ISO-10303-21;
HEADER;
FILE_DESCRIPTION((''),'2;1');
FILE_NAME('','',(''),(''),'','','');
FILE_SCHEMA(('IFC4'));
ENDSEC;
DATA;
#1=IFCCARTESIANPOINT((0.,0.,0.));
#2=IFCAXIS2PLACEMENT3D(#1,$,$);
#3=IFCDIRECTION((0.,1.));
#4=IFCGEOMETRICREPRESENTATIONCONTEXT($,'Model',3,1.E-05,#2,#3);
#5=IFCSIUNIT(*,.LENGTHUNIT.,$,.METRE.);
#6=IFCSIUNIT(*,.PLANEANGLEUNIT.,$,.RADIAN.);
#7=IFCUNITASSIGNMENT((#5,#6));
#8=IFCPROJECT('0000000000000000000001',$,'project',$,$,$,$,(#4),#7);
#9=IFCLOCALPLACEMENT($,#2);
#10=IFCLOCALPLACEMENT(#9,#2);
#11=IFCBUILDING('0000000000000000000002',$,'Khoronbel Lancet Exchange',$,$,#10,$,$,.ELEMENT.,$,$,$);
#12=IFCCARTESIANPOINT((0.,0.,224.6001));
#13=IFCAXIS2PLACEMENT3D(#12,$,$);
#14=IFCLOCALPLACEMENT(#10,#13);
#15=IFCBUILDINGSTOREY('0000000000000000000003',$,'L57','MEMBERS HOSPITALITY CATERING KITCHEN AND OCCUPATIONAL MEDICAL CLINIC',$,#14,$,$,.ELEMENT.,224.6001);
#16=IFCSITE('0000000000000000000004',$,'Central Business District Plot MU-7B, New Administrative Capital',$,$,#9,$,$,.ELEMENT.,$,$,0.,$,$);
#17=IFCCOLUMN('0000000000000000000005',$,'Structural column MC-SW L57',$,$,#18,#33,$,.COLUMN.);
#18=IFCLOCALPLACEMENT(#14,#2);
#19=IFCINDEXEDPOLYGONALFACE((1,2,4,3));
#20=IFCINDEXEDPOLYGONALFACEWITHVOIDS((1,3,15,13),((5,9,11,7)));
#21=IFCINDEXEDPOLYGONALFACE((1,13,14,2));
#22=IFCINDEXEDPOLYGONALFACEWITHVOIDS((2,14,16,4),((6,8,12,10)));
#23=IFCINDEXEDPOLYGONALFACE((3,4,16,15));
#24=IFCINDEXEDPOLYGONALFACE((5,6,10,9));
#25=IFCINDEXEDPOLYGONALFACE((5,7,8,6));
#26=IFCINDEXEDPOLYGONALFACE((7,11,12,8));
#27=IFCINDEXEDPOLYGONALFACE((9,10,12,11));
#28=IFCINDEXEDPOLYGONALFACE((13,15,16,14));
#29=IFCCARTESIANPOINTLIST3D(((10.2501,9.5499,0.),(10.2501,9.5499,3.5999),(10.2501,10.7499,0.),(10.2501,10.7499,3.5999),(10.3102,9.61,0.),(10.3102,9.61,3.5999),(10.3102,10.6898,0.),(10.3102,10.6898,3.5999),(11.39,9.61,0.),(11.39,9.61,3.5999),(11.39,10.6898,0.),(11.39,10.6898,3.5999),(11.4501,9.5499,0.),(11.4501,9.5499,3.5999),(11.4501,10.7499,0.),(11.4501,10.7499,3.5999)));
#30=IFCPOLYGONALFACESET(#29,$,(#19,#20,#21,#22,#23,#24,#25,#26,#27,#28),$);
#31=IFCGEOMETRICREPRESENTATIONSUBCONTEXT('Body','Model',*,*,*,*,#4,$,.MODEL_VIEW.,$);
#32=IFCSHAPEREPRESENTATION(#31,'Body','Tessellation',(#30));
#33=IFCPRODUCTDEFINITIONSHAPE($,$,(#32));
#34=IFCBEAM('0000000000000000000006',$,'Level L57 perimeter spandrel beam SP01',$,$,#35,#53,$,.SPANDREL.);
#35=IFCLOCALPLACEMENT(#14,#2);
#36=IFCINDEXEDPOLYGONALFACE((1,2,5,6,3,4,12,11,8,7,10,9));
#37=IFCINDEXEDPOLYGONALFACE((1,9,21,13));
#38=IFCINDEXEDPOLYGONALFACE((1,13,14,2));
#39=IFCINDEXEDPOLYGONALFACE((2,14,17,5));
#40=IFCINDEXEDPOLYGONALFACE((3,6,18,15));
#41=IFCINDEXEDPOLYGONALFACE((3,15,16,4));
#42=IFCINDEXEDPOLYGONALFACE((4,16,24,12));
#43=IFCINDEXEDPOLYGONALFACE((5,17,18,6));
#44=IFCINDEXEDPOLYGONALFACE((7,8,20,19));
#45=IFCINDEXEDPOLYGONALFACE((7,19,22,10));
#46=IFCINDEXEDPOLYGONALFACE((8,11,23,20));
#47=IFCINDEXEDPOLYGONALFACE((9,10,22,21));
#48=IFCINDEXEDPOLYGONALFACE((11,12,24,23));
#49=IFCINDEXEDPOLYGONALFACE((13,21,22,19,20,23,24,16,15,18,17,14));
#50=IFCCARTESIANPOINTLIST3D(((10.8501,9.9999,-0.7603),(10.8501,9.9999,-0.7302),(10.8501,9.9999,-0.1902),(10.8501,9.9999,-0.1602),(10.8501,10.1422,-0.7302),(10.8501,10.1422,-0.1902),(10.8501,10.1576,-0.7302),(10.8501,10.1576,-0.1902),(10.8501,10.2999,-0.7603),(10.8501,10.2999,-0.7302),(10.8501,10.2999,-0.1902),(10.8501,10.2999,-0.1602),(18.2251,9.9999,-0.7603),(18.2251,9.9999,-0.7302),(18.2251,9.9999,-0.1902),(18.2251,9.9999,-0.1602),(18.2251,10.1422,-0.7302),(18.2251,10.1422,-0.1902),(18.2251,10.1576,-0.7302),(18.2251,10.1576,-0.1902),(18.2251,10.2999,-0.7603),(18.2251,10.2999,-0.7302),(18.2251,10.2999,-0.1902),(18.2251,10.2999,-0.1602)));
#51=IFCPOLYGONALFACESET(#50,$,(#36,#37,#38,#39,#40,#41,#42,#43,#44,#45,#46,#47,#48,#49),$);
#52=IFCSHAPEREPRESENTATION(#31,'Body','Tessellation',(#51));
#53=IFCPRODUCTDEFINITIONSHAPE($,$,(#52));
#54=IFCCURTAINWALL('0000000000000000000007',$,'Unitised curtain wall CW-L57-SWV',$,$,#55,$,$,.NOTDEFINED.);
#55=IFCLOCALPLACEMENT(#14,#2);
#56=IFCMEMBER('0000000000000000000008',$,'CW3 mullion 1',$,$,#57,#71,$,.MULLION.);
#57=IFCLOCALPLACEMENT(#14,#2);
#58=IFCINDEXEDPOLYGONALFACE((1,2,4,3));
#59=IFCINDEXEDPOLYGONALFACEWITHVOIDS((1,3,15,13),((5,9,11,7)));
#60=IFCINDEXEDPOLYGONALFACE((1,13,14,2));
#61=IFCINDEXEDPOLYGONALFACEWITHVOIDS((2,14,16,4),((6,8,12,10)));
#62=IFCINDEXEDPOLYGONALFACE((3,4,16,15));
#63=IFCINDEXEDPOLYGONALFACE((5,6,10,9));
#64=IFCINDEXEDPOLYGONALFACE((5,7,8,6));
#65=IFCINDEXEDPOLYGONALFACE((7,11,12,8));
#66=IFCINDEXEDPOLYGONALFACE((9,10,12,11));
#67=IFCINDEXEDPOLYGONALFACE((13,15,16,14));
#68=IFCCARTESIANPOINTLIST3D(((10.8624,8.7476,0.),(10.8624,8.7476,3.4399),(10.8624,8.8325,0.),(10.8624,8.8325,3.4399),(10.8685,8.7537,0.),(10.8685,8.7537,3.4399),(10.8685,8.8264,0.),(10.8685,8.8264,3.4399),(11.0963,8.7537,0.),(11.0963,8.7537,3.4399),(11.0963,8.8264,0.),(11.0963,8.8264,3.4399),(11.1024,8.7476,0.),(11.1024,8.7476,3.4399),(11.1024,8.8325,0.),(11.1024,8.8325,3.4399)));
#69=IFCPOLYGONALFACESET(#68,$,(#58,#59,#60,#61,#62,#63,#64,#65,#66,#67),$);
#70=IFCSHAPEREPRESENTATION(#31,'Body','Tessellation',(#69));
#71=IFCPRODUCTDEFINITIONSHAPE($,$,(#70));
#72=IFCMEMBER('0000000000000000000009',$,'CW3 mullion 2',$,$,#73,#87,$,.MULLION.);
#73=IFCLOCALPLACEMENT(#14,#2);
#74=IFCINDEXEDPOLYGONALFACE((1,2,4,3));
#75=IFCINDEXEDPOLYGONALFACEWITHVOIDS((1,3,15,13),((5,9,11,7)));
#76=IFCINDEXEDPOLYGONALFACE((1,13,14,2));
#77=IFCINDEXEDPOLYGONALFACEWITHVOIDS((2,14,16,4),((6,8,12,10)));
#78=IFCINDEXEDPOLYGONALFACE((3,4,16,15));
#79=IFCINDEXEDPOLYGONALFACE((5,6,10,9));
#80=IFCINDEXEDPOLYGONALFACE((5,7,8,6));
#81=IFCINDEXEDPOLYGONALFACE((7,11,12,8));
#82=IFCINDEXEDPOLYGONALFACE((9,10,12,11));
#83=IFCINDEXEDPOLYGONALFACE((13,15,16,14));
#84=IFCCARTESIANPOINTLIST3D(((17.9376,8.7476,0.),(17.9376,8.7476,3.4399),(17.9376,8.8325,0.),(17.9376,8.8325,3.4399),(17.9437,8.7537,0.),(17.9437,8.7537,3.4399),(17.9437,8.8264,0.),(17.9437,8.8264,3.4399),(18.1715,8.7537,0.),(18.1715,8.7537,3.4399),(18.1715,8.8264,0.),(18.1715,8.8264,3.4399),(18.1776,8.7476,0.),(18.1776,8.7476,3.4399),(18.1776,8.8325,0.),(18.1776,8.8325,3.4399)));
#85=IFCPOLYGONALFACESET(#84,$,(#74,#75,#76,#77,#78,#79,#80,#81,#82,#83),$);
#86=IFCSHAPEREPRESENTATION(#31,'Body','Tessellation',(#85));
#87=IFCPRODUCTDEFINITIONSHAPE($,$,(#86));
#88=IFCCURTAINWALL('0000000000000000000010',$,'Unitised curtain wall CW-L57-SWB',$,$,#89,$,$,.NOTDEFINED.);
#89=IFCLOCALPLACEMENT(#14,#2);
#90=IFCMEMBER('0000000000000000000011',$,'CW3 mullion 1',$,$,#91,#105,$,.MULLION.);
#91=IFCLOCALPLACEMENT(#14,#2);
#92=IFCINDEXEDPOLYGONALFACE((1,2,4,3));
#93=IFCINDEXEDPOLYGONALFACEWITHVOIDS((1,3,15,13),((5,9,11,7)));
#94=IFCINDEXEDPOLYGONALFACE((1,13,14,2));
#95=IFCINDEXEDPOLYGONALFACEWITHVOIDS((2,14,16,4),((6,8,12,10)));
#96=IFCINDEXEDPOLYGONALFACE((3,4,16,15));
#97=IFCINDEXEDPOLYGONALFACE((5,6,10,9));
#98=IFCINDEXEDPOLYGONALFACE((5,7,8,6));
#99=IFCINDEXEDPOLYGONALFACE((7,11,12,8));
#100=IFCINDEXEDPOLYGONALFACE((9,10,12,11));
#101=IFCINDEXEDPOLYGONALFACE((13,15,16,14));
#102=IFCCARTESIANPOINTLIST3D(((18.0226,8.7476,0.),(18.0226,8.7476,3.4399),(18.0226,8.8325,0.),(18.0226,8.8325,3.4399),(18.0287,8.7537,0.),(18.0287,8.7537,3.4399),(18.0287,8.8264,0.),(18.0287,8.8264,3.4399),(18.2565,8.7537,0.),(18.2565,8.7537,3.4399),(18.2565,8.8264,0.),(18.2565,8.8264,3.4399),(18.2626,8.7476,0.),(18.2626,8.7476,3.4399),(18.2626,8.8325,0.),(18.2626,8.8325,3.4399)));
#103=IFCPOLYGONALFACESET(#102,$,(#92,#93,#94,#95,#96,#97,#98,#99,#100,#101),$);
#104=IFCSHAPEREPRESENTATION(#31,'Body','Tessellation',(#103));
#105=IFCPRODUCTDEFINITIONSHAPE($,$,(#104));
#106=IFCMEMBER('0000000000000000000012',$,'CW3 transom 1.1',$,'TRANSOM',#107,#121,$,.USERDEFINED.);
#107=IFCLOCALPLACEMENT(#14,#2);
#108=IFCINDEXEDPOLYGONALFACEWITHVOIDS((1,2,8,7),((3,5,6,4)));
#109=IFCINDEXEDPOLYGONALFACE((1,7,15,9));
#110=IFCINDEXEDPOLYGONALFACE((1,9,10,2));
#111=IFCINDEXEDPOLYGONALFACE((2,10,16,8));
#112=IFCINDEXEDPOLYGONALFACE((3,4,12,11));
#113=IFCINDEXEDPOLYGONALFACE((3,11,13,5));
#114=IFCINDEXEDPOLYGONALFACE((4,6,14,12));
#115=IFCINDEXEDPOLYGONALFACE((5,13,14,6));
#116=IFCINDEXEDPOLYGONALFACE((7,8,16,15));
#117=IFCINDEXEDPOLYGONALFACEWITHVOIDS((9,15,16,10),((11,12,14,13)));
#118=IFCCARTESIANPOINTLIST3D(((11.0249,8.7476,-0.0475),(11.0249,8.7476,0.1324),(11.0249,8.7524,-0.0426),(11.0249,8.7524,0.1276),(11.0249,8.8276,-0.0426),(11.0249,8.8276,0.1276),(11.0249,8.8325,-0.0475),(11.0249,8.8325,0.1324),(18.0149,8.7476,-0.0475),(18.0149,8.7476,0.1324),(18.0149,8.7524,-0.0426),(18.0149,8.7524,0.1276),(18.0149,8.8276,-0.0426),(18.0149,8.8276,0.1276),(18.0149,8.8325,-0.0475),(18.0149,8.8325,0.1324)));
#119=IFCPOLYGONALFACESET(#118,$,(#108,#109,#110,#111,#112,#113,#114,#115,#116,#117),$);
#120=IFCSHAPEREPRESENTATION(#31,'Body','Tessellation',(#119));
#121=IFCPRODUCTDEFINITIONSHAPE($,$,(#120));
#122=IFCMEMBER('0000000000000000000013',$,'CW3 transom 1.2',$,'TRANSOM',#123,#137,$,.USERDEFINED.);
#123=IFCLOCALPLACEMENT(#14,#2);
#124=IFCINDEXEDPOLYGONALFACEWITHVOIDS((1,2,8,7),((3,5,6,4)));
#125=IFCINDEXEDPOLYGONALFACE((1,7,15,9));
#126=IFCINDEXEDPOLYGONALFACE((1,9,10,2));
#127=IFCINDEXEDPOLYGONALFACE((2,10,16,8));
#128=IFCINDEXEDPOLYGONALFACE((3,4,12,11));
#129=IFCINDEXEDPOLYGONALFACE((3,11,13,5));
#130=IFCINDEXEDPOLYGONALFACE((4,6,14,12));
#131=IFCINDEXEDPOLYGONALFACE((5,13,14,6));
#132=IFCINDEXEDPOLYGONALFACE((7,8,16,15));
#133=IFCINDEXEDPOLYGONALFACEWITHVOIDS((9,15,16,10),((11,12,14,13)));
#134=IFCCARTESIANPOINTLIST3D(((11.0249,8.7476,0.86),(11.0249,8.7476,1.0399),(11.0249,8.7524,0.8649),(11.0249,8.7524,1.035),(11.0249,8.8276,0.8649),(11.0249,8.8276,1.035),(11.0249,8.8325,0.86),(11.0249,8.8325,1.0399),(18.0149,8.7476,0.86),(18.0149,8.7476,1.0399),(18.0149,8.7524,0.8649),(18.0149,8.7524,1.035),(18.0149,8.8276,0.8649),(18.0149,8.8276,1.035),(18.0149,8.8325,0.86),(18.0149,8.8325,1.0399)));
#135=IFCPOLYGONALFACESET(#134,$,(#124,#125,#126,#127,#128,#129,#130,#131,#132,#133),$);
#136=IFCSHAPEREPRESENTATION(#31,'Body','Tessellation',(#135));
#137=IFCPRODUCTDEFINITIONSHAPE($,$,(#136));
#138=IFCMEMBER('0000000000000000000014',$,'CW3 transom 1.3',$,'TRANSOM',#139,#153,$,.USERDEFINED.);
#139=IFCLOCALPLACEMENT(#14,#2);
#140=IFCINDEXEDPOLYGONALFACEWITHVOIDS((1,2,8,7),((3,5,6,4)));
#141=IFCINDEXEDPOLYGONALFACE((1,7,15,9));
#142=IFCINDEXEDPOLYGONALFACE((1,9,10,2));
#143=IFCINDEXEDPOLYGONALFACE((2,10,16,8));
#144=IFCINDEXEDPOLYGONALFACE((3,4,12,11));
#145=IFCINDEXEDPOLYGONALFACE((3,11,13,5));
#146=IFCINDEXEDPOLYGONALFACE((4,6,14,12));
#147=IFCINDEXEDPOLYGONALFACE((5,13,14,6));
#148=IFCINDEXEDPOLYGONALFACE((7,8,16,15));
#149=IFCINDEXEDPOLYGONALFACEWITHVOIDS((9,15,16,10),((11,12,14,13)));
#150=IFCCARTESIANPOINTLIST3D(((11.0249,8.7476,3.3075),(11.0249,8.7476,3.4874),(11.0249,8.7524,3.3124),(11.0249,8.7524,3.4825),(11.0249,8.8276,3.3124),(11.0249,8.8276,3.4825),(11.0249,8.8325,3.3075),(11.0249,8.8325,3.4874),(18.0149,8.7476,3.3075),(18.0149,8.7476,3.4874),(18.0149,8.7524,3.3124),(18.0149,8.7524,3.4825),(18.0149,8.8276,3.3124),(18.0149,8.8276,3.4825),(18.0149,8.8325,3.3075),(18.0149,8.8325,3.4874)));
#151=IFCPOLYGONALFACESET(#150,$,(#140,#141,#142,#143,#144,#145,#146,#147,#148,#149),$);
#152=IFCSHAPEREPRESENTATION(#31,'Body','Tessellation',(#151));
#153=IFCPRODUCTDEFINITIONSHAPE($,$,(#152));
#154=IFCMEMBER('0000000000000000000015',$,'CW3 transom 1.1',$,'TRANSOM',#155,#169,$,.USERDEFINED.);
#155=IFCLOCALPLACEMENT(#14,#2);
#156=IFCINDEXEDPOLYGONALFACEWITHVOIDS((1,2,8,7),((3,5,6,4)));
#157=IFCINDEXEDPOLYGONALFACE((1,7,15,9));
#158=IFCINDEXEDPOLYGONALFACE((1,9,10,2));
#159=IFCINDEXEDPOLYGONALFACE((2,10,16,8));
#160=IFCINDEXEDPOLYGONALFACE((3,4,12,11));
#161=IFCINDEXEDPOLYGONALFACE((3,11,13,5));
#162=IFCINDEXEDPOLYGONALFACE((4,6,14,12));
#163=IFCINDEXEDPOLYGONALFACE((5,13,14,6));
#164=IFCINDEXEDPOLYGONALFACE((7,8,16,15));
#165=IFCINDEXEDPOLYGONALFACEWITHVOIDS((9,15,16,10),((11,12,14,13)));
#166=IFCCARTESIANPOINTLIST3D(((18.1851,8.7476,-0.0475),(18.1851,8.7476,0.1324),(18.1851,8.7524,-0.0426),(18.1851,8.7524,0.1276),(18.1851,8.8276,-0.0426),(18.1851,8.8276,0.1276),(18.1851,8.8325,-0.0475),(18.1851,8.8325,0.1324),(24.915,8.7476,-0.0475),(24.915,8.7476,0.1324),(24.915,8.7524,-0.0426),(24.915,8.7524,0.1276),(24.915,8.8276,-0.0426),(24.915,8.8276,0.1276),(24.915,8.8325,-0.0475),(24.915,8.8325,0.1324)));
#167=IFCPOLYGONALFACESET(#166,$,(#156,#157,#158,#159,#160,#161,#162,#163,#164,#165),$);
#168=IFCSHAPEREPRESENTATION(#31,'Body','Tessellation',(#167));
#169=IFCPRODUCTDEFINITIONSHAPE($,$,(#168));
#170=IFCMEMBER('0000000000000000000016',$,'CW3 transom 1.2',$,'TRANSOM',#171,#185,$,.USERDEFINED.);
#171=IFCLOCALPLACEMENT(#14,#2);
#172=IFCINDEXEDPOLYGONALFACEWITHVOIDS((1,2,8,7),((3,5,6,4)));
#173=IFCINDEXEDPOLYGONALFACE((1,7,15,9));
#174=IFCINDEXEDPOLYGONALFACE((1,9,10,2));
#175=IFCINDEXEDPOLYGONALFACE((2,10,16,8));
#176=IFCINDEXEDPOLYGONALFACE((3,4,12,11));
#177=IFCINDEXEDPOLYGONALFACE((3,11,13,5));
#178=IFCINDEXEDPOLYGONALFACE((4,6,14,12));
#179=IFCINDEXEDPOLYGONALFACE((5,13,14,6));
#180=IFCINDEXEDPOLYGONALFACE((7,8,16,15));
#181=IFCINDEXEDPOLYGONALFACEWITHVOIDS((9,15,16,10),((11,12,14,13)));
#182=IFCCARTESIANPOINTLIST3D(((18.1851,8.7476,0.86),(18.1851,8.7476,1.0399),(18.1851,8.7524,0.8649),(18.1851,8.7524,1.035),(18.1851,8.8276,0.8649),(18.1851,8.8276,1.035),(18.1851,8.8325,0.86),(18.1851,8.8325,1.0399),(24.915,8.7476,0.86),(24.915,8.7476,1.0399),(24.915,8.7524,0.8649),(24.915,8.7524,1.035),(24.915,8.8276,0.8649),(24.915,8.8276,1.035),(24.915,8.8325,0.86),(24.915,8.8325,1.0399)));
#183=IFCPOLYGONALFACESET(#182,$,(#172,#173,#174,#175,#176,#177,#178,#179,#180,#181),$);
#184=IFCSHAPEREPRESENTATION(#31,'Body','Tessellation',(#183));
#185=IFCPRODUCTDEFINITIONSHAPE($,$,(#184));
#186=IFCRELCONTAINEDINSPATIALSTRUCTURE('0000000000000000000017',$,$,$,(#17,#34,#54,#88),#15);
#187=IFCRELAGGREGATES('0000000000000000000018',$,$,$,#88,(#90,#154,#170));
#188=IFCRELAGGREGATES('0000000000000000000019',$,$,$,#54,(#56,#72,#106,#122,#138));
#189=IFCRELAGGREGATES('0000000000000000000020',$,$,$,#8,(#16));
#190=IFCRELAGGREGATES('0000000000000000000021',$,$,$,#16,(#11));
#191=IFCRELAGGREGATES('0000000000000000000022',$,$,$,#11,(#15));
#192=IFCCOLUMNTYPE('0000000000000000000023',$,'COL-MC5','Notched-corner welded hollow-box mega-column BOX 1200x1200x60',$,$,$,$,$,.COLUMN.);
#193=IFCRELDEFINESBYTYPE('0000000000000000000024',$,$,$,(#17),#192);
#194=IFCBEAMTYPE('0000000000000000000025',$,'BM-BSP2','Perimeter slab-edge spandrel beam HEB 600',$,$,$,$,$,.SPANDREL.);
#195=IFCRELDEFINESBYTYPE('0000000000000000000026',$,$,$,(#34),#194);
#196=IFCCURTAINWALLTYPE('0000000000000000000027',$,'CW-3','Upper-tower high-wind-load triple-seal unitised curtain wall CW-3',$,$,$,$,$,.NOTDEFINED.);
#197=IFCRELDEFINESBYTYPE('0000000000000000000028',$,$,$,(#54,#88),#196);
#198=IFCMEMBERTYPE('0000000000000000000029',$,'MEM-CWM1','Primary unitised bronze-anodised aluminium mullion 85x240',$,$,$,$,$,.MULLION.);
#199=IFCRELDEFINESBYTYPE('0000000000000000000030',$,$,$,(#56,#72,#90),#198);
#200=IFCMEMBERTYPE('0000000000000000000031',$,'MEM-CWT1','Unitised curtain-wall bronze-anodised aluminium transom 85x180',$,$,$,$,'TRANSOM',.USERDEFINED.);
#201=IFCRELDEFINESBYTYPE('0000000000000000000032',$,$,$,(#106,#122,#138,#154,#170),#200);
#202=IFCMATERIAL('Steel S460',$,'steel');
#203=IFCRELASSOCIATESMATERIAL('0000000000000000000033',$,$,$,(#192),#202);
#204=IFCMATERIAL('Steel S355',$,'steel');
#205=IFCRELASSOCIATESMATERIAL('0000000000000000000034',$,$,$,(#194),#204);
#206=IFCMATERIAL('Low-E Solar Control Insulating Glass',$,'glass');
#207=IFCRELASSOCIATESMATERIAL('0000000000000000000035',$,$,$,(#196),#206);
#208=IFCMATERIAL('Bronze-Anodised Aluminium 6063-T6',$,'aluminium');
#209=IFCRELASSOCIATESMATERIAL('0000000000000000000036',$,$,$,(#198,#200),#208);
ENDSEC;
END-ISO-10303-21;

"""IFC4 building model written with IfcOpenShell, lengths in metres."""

from ifc_helpers import new_model, si_unit, direction, frame, origin, origin_2d, place, context, subcontext, project, spatial, hollow_rectangle, i_section, extrude, material, material_profile, profile_set, type_object, element, aggregate, save


model = new_model("IFC4")

# Units and contexts
model_context = context("Model", 3, precision=1e-05, world=origin(), true_north=direction((0.0, 1.0)))
body_context = subcontext(model_context, "Body", "Model", "MODEL_VIEW")
ifc_project = project(units=[si_unit("LENGTHUNIT", "METRE"), si_unit("PLANEANGLEUNIT", "RADIAN")], contexts=[model_context])

# Site, building, storey
site_placement = place(None, origin())
site = spatial("IfcSite", under=ifc_project, at=site_placement, Name="Central Business District Plot MU-7B, New Administrative Capital", CompositionType="ELEMENT", RefElevation=0.0)
building_placement = place(site_placement, origin())
building = spatial("IfcBuilding", under=site, at=building_placement, Name="Khoronbel Lancet Exchange", CompositionType="ELEMENT")
storey_placement = place(building_placement, frame((0.0, 0.0, 224.6001)))
storey = spatial("IfcBuildingStorey", under=building, at=storey_placement, Name="L57", Description="MEMBERS HOSPITALITY CATERING KITCHEN AND OCCUPATIONAL MEDICAL CLINIC", CompositionType="ELEMENT", Elevation=224.6001)

# Column
ifc_material_1 = material(Name="Steel S460", Category="steel")
ifc_material_profile_1 = material_profile(ifc_material_1, hollow_rectangle(XDim=1.2, YDim=1.2, WallThickness=0.0601, at=origin_2d()), Name="BOX 1200x1200x60")
ifc_profile_set_1 = profile_set([ifc_material_profile_1], Name="Steel S460")
column_type = type_object("IfcColumnType", Name="COL-MC5", Description="Notched-corner welded hollow-box mega-column BOX 1200x1200x60", PredefinedType="COLUMN", material=ifc_profile_set_1)
column_placement = place(storey_placement, frame((10.8501, 10.1499, 0.0), z_axis=(0.0, 0.0, 1.0), x_axis=(1.0, 0.0, 0.0)))
element("IfcColumn", 1, at=column_placement, inside=storey, type_object=column_type, Name="Structural column MC-SW L57", PredefinedType="COLUMN", context=body_context, shape_type="SweptSolid", body=[
    extrude(hollow_rectangle(XDim=1.2, YDim=1.2, WallThickness=0.0601, at=origin_2d()), origin(), (0.0, 0.0, 1.0), 3.5999),
])

# Beam
ifc_material_2 = material(Name="Steel S355", Category="steel")
ifc_material_profile_2 = material_profile(ifc_material_2, i_section(OverallWidth=0.3, OverallDepth=0.6001, WebThickness=0.0154, FlangeThickness=0.03, at=origin_2d()), Name="HEB 600")
ifc_profile_set_2 = profile_set([ifc_material_profile_2], Name="Steel S355")
beam_type = type_object("IfcBeamType", Name="BM-BSP2", Description="Perimeter slab-edge spandrel beam HEB 600", PredefinedType="SPANDREL", material=ifc_profile_set_2)
beam_placement = place(storey_placement, frame((10.8501, 10.1499, -0.4602), z_axis=(1.0, 0.0, 0.0), x_axis=(0.0, 1.0, 0.0)))
element("IfcBeam", 2, at=beam_placement, inside=storey, type_object=beam_type, Name="Level L57 perimeter spandrel beam SP01", PredefinedType="SPANDREL", context=body_context, shape_type="SweptSolid", body=[
    extrude(i_section(OverallWidth=0.3, OverallDepth=0.6001, WebThickness=0.0154, FlangeThickness=0.03, at=origin_2d()), origin(), (0.0, 0.0, 1.0), 7.375),
])

# Curtain wall, members
ifc_material_3 = material(Name="Low-E Solar Control Insulating Glass", Category="glass")
curtain_wall_type = type_object("IfcCurtainWallType", Name="CW-3", Description="Upper-tower high-wind-load triple-seal unitised curtain wall CW-3", PredefinedType="NOTDEFINED", material=ifc_material_3)
curtain_wall_1_placement = place(storey_placement, origin())
curtain_wall_1 = element("IfcCurtainWall", 3, at=curtain_wall_1_placement, inside=storey, type_object=curtain_wall_type, Name="Unitised curtain wall CW-L57-SWV", PredefinedType="NOTDEFINED")
ifc_material_4 = material(Name="Bronze-Anodised Aluminium 6063-T6", Category="aluminium")
ifc_material_profile_3 = material_profile(ifc_material_4, hollow_rectangle(XDim=0.085, YDim=0.24, WallThickness=0.0061, at=origin_2d()), Name="ALU MULLION 85x240")
ifc_profile_set_3 = profile_set([ifc_material_profile_3], Name="Bronze-Anodised Aluminium 6063-T6")
member_type_1 = type_object("IfcMemberType", Name="MEM-CWM1", Description="Primary unitised bronze-anodised aluminium mullion 85x240", PredefinedType="MULLION", material=ifc_profile_set_3)
member_1_placement = place(storey_placement, frame((10.9824, 8.79, 0.0), z_axis=(0.0, 0.0, 1.0), x_axis=(0.0, 1.0, 0.0)))
member_1 = element("IfcMember", 4, at=member_1_placement, type_object=member_type_1, Name="CW3 mullion 1", PredefinedType="MULLION", context=body_context, shape_type="SweptSolid", body=[
    extrude(hollow_rectangle(XDim=0.085, YDim=0.24, WallThickness=0.0061, at=origin_2d()), origin(), (0.0, 0.0, 1.0), 3.4399),
])
member_2_placement = place(storey_placement, frame((18.0576, 8.79, 0.0), z_axis=(0.0, 0.0, 1.0), x_axis=(0.0, 1.0, 0.0)))
member_2 = element("IfcMember", 5, at=member_2_placement, type_object=member_type_1, Name="CW3 mullion 2", PredefinedType="MULLION", context=body_context, shape_type="SweptSolid", body=[
    extrude(hollow_rectangle(XDim=0.085, YDim=0.24, WallThickness=0.0061, at=origin_2d()), origin(), (0.0, 0.0, 1.0), 3.4399),
])

# Curtain wall, member
curtain_wall_2_placement = place(storey_placement, origin())
curtain_wall_2 = element("IfcCurtainWall", 6, at=curtain_wall_2_placement, inside=storey, type_object=curtain_wall_type, Name="Unitised curtain wall CW-L57-SWB", PredefinedType="NOTDEFINED")
member_3_placement = place(storey_placement, frame((18.1426, 8.79, 0.0), z_axis=(0.0, 0.0, 1.0), x_axis=(0.0, 1.0, 0.0)))
member_3 = element("IfcMember", 7, at=member_3_placement, type_object=member_type_1, Name="CW3 mullion 1", PredefinedType="MULLION", context=body_context, shape_type="SweptSolid", body=[
    extrude(hollow_rectangle(XDim=0.085, YDim=0.24, WallThickness=0.0061, at=origin_2d()), origin(), (0.0, 0.0, 1.0), 3.4399),
])

# Members
ifc_material_profile_4 = material_profile(ifc_material_4, hollow_rectangle(XDim=0.085, YDim=0.1799, WallThickness=0.0049, at=origin_2d()), Name="ALU TRANSOM 85x180")
ifc_profile_set_4 = profile_set([ifc_material_profile_4], Name="Bronze-Anodised Aluminium 6063-T6")
member_type_2 = type_object("IfcMemberType", Name="MEM-CWT1", Description="Unitised curtain-wall bronze-anodised aluminium transom 85x180", ElementType="TRANSOM", PredefinedType="USERDEFINED", material=ifc_profile_set_4)
member_4_placement = place(storey_placement, frame((11.0249, 8.79, 0.0425), z_axis=(1.0, 0.0, 0.0), x_axis=(0.0, 1.0, 0.0)))
member_4 = element("IfcMember", 8, at=member_4_placement, type_object=member_type_2, Name="CW3 transom 1.1", ObjectType="TRANSOM", PredefinedType="USERDEFINED", context=body_context, shape_type="SweptSolid", body=[
    extrude(hollow_rectangle(XDim=0.085, YDim=0.1799, WallThickness=0.0049, at=origin_2d()), origin(), (0.0, 0.0, 1.0), 6.99),
])
member_5_placement = place(storey_placement, frame((11.0249, 8.79, 0.95), z_axis=(1.0, 0.0, 0.0), x_axis=(0.0, 1.0, 0.0)))
member_5 = element("IfcMember", 9, at=member_5_placement, type_object=member_type_2, Name="CW3 transom 1.2", ObjectType="TRANSOM", PredefinedType="USERDEFINED", context=body_context, shape_type="SweptSolid", body=[
    extrude(hollow_rectangle(XDim=0.085, YDim=0.1799, WallThickness=0.0049, at=origin_2d()), origin(), (0.0, 0.0, 1.0), 6.99),
])
member_6_placement = place(storey_placement, frame((11.0249, 8.79, 3.3975), z_axis=(1.0, 0.0, 0.0), x_axis=(0.0, 1.0, 0.0)))
member_6 = element("IfcMember", 10, at=member_6_placement, type_object=member_type_2, Name="CW3 transom 1.3", ObjectType="TRANSOM", PredefinedType="USERDEFINED", context=body_context, shape_type="SweptSolid", body=[
    extrude(hollow_rectangle(XDim=0.085, YDim=0.1799, WallThickness=0.0049, at=origin_2d()), origin(), (0.0, 0.0, 1.0), 6.99),
])
member_7_placement = place(storey_placement, frame((18.1851, 8.79, 0.0425), z_axis=(1.0, 0.0, 0.0), x_axis=(0.0, 1.0, 0.0)))
member_7 = element("IfcMember", 11, at=member_7_placement, type_object=member_type_2, Name="CW3 transom 1.1", ObjectType="TRANSOM", PredefinedType="USERDEFINED", context=body_context, shape_type="SweptSolid", body=[
    extrude(hollow_rectangle(XDim=0.085, YDim=0.1799, WallThickness=0.0049, at=origin_2d()), origin(), (0.0, 0.0, 1.0), 6.73),
])
member_8_placement = place(storey_placement, frame((18.1851, 8.79, 0.95), z_axis=(1.0, 0.0, 0.0), x_axis=(0.0, 1.0, 0.0)))
member_8 = element("IfcMember", 12, at=member_8_placement, type_object=member_type_2, Name="CW3 transom 1.2", ObjectType="TRANSOM", PredefinedType="USERDEFINED", context=body_context, shape_type="SweptSolid", body=[
    extrude(hollow_rectangle(XDim=0.085, YDim=0.1799, WallThickness=0.0049, at=origin_2d()), origin(), (0.0, 0.0, 1.0), 6.73),
])
aggregate(curtain_wall_2, [member_3, member_7, member_8])

aggregate(curtain_wall_1, [member_1, member_2, member_4, member_5, member_6])

save(model, "model.ifc")
